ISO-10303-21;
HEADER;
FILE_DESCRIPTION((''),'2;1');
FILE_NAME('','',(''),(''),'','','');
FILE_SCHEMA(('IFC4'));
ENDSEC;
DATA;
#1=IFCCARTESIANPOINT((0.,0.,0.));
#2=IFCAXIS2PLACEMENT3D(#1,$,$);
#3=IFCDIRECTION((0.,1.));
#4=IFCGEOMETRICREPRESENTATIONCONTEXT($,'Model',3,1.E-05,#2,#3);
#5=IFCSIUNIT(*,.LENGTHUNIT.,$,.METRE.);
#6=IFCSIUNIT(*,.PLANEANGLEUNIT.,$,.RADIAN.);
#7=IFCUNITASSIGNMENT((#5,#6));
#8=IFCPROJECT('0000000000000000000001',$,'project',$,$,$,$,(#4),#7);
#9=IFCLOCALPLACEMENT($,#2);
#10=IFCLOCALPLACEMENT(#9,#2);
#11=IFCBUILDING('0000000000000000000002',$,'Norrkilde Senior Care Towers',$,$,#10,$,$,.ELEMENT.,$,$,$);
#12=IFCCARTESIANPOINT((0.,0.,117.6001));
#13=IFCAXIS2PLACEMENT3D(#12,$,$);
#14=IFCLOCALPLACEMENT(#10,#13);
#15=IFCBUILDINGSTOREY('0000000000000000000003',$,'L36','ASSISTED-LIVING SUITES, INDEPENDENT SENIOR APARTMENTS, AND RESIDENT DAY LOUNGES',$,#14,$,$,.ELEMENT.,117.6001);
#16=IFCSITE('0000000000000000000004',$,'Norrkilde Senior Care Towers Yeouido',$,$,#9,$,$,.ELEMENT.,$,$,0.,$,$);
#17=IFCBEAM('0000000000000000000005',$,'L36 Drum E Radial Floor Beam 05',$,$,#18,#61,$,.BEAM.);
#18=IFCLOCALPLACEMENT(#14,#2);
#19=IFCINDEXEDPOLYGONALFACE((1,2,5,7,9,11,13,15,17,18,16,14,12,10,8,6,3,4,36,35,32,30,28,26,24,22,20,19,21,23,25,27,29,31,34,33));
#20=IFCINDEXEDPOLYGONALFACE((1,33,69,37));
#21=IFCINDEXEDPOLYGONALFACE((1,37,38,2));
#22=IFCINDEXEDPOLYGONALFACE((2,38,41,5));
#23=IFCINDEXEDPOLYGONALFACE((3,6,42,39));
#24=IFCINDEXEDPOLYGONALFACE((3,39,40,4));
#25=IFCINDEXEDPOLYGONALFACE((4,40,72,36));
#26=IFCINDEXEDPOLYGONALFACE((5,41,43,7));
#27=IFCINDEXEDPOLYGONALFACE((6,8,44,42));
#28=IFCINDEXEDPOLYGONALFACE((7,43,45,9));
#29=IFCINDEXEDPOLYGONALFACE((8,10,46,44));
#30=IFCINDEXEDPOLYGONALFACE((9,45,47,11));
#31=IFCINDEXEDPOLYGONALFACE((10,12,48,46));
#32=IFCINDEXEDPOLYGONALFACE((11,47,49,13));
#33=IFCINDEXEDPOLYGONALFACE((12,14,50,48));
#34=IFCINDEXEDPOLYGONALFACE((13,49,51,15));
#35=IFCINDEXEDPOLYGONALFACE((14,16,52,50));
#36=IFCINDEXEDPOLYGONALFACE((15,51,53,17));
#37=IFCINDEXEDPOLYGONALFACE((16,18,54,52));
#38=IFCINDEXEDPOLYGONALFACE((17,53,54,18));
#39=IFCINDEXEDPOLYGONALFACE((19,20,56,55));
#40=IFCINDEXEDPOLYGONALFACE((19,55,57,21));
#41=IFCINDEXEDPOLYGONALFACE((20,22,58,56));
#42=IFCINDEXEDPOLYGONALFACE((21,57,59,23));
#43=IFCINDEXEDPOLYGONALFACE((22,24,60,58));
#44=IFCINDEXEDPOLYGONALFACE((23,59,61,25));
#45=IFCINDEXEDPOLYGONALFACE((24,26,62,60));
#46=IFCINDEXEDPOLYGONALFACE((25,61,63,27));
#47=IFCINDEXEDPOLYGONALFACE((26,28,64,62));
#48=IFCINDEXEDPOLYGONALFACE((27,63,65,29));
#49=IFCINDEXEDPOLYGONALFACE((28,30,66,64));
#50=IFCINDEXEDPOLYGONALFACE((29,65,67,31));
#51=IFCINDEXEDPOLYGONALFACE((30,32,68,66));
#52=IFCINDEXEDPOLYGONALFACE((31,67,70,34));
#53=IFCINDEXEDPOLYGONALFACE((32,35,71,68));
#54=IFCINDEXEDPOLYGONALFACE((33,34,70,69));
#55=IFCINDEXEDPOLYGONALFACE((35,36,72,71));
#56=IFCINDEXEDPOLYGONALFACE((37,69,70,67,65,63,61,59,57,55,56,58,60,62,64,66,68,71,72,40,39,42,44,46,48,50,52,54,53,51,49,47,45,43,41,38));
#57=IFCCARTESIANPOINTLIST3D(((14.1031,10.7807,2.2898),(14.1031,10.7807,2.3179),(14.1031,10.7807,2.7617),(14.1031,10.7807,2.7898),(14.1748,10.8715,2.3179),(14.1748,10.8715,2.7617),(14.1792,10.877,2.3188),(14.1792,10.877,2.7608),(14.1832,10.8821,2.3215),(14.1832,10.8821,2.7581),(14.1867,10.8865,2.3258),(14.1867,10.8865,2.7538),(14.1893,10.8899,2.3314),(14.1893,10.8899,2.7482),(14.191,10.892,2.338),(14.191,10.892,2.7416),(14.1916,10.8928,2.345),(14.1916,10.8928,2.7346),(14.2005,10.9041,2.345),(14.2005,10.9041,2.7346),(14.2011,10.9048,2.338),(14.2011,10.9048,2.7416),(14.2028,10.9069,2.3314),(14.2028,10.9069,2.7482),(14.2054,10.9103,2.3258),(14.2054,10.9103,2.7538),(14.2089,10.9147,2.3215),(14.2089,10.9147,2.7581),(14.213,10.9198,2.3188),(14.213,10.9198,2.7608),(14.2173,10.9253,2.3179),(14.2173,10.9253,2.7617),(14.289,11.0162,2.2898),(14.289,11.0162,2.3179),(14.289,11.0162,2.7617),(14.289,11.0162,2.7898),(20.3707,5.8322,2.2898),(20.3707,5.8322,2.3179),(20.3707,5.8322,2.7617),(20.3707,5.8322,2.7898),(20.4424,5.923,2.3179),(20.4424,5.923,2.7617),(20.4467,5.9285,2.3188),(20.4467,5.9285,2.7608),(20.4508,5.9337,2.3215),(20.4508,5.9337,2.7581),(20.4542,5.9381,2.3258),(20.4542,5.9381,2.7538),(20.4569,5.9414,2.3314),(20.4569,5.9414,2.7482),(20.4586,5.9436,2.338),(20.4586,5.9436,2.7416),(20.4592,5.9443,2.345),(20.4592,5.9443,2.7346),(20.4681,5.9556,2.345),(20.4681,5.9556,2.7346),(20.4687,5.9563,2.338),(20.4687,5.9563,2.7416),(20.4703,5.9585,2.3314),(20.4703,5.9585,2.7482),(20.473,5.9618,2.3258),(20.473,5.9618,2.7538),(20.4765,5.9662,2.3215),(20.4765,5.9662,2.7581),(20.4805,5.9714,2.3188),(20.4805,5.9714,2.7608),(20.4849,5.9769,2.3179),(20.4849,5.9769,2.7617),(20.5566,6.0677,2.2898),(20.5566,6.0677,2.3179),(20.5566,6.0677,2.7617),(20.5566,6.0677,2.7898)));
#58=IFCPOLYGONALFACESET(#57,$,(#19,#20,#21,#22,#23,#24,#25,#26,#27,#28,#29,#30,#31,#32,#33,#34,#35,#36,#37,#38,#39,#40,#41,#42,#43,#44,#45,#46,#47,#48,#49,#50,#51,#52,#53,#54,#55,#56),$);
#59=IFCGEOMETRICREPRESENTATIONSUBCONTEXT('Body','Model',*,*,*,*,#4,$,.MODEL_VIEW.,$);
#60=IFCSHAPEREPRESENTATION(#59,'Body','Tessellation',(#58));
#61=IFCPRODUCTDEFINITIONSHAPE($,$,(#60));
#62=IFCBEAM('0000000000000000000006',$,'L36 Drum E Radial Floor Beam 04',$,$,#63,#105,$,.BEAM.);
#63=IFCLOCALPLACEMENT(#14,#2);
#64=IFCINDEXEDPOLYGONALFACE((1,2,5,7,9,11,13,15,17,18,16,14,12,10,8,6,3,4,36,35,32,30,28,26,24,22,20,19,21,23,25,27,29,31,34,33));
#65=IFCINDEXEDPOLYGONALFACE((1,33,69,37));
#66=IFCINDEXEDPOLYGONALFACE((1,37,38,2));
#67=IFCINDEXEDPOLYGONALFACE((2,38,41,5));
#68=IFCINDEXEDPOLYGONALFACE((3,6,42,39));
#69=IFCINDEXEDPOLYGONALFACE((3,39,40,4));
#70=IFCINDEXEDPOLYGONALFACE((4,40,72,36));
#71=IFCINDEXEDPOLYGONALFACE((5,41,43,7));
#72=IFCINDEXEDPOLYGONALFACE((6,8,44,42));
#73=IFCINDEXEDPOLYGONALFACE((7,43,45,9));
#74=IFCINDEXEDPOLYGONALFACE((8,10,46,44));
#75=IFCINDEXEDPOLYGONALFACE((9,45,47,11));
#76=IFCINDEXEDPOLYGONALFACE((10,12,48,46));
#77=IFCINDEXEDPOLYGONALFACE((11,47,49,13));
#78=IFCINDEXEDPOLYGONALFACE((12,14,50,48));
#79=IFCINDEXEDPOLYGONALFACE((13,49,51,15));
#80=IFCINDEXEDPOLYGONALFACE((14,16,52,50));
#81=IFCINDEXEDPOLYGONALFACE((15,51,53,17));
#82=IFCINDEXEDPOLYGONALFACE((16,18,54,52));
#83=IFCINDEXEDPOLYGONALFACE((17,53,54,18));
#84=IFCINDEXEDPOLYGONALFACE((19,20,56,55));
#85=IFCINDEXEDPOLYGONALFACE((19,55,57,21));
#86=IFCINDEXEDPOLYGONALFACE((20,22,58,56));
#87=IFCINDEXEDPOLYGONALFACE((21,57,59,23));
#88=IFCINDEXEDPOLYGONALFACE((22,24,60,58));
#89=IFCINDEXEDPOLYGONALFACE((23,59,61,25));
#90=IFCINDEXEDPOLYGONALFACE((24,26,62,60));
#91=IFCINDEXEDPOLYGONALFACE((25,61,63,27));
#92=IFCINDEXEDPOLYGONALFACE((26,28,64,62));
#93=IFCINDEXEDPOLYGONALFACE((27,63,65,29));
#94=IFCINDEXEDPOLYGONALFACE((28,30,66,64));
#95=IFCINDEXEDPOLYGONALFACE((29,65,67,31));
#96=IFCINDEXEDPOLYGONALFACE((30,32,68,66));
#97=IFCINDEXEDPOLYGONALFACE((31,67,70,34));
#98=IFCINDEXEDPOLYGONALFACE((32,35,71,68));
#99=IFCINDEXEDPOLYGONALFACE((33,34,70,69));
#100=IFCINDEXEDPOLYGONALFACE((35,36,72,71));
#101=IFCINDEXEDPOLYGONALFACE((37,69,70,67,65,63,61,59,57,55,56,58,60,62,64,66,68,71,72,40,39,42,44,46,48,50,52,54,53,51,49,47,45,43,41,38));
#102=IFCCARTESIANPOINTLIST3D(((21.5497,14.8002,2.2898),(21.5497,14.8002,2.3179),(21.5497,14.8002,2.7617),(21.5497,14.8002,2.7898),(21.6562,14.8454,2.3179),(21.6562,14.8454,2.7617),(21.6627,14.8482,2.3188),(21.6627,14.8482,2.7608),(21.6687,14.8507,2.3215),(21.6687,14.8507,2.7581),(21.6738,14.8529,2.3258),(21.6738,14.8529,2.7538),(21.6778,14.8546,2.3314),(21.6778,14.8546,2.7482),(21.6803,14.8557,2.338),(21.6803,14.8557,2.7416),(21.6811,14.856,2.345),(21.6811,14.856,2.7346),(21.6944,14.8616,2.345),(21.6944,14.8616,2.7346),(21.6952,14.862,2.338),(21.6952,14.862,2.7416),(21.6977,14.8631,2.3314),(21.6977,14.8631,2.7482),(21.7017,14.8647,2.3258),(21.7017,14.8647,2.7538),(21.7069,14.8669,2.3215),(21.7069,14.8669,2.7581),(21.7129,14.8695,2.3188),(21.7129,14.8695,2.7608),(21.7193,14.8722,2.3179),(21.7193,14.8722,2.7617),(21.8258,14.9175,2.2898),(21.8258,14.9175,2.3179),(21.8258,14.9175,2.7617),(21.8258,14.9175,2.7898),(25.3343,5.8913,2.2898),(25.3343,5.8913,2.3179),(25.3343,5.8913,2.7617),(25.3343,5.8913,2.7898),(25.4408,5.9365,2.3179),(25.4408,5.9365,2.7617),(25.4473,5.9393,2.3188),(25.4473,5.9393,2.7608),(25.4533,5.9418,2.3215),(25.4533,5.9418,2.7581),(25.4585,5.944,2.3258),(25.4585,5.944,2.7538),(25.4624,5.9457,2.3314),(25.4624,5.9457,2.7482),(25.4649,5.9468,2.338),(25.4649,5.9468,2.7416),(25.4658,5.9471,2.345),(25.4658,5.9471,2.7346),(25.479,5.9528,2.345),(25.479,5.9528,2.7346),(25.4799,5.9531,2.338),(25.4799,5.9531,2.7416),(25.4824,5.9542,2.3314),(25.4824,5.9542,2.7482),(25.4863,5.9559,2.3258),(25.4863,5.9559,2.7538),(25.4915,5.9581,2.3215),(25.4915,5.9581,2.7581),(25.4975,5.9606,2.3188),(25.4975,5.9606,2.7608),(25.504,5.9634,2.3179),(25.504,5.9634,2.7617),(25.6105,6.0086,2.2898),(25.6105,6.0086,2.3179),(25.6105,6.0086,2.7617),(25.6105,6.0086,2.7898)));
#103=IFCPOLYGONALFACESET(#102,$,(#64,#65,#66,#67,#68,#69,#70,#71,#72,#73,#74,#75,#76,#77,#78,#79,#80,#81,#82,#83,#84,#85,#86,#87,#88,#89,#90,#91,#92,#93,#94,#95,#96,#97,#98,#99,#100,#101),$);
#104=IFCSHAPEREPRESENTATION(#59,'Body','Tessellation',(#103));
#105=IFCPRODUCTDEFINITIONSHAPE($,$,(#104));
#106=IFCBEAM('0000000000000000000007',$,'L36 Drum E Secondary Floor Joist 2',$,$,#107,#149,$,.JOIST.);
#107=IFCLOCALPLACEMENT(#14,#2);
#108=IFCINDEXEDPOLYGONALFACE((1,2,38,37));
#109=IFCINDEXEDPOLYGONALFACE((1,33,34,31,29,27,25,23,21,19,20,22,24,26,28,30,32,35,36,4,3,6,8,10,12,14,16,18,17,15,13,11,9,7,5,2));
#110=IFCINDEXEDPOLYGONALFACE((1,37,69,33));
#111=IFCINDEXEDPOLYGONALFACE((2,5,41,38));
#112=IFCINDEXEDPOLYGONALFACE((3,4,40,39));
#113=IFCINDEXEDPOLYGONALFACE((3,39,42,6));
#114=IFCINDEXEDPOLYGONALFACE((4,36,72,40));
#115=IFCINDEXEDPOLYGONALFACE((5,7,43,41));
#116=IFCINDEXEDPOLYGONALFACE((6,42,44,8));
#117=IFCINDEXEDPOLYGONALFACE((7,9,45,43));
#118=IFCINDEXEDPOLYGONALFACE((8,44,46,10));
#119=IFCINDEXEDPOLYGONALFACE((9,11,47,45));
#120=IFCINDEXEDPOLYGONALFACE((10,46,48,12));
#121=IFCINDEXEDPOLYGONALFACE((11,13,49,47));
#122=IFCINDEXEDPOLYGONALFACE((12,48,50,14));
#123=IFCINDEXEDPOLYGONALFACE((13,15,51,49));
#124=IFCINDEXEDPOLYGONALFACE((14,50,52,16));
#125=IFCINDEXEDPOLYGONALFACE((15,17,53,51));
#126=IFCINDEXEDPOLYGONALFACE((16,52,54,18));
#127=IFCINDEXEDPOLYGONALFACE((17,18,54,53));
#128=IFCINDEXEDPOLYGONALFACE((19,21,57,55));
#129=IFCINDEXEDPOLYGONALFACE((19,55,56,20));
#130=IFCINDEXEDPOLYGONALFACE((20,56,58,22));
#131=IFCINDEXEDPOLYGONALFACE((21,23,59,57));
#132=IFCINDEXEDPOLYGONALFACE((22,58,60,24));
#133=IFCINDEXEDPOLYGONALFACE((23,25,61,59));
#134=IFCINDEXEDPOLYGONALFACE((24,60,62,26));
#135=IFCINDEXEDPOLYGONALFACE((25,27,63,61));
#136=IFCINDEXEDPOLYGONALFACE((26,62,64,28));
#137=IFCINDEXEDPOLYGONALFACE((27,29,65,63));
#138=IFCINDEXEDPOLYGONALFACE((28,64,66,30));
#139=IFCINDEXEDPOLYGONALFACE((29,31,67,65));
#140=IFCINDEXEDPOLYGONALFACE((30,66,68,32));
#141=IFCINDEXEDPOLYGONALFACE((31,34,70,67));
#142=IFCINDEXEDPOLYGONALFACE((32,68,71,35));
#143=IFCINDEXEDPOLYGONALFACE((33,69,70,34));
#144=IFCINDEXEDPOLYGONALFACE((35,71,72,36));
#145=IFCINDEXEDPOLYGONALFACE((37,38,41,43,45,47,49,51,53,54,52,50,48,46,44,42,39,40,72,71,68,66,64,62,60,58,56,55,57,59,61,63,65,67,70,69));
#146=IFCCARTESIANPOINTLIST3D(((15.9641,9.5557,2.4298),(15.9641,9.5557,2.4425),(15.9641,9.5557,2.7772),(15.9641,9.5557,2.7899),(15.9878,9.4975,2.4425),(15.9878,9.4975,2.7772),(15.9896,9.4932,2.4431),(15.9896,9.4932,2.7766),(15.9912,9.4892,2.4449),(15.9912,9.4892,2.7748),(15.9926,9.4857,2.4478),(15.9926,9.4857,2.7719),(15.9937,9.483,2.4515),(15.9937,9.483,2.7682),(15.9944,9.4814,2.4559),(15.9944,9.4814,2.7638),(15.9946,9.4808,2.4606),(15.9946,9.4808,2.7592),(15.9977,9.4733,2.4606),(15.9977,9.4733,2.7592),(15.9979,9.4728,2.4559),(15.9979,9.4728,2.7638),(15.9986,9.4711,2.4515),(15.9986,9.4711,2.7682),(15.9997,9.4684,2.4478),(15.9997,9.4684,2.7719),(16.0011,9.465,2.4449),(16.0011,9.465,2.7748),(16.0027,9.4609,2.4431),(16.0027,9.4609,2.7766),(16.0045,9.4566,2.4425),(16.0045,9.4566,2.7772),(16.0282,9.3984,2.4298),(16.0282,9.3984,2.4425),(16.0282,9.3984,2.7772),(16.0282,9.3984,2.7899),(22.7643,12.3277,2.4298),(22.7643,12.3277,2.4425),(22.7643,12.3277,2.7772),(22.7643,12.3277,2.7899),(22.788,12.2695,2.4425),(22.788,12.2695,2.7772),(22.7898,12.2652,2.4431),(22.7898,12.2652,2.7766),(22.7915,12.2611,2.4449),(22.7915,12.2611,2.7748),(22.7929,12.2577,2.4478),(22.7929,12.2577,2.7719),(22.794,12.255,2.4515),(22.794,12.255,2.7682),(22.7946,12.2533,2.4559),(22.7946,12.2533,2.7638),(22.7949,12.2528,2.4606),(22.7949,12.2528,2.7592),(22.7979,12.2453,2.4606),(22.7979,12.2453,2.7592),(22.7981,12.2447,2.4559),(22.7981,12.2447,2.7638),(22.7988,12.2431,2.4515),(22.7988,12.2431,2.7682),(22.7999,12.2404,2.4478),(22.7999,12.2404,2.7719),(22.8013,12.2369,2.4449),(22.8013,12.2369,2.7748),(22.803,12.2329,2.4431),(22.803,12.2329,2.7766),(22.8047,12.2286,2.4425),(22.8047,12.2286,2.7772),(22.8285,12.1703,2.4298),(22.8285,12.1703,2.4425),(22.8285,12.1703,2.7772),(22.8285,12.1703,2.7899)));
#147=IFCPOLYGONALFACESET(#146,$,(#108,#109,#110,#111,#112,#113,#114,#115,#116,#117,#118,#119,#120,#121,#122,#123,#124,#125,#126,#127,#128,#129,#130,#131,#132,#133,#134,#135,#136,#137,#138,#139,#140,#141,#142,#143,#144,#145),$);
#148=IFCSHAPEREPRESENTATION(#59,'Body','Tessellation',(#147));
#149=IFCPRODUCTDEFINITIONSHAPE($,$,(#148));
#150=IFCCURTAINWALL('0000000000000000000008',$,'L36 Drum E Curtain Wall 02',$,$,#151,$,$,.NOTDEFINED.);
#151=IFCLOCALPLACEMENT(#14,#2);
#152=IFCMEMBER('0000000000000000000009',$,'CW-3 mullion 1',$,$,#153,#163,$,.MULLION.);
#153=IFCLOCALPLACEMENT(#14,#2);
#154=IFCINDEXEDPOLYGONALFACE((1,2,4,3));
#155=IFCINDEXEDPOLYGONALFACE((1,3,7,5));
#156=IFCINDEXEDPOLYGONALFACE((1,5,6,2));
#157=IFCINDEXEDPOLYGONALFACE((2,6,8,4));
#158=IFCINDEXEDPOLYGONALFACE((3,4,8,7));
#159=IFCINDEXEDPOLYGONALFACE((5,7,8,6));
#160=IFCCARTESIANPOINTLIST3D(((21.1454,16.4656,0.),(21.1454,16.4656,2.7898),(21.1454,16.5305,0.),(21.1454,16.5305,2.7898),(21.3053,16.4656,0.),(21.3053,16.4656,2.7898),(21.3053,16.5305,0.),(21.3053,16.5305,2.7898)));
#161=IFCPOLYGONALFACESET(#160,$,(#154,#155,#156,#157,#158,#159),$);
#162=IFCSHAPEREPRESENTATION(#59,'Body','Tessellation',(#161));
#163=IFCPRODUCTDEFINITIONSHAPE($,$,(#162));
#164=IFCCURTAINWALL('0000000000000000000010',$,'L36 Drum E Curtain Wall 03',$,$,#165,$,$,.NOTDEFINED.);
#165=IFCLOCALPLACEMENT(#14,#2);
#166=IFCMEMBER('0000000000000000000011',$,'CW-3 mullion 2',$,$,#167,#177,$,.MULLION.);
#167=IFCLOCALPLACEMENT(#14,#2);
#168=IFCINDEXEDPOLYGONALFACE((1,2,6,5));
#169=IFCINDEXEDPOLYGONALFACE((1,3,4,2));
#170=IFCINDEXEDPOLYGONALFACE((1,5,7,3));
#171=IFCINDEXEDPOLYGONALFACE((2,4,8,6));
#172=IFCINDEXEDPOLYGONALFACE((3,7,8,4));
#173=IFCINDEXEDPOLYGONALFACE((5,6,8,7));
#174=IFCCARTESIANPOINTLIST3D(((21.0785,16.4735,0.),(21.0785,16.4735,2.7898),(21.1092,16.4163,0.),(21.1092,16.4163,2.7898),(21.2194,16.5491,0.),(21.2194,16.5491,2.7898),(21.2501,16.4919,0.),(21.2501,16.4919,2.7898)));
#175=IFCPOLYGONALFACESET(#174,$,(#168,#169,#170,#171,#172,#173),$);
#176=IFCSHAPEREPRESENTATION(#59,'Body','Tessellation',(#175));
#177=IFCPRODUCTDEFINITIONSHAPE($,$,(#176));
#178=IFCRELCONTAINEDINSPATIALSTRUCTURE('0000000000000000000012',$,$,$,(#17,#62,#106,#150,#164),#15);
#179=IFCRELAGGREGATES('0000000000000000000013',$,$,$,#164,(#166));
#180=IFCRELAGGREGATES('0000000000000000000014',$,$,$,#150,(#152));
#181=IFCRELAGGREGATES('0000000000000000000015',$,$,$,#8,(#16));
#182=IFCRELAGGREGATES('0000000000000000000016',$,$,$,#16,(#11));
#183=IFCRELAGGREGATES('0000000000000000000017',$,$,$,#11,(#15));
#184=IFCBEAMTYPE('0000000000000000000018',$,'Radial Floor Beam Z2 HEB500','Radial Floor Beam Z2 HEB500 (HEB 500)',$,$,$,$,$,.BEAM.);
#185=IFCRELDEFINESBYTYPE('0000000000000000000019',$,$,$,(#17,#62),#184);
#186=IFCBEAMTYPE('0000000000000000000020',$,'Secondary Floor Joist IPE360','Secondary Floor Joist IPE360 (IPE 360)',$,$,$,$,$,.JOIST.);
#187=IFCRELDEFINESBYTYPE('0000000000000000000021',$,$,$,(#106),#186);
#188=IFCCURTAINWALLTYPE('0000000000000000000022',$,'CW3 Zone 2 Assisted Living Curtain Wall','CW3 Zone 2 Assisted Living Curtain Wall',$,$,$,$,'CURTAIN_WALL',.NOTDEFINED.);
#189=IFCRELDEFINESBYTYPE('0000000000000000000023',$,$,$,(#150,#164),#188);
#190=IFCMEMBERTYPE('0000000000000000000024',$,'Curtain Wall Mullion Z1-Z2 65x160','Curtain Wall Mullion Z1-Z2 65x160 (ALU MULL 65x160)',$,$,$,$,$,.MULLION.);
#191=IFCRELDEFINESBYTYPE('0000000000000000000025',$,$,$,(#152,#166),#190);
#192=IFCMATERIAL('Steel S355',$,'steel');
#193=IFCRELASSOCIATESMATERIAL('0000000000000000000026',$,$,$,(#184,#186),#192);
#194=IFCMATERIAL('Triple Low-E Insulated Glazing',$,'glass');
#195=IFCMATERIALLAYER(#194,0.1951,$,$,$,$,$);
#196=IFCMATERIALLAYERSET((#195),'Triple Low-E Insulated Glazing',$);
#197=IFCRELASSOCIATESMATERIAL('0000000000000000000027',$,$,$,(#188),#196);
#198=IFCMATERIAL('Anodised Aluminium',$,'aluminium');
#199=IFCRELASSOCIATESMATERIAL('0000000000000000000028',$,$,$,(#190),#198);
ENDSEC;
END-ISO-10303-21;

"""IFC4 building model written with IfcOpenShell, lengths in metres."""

from ifc_helpers import new_model, si_unit, direction, frame, origin, origin_2d, place, context, subcontext, project, spatial, rectangle, i_section, extrude, source, transform, mapped, material, layer, layer_set, material_profile, profile_set, type_object, type_shapes, element, aggregate, save


model = new_model("IFC4")

# Units and contexts
model_context = context("Model", 3, precision=1e-05, world=origin(), true_north=direction((0.0, 1.0)))
body_context = subcontext(model_context, "Body", "Model", "MODEL_VIEW")
ifc_project = project(units=[si_unit("LENGTHUNIT", "METRE"), si_unit("PLANEANGLEUNIT", "RADIAN")], contexts=[model_context])

# Site, building, storey
site_placement = place(None, origin())
site = spatial("IfcSite", under=ifc_project, at=site_placement, Name="Norrkilde Senior Care Towers Yeouido", CompositionType="ELEMENT", RefElevation=0.0)
building_placement = place(site_placement, origin())
building = spatial("IfcBuilding", under=site, at=building_placement, Name="Norrkilde Senior Care Towers", CompositionType="ELEMENT")
storey_placement = place(building_placement, frame((0.0, 0.0, 117.6001)))
storey = spatial("IfcBuildingStorey", under=building, at=storey_placement, Name="L36", Description="ASSISTED-LIVING SUITES, INDEPENDENT SENIOR APARTMENTS, AND RESIDENT DAY LOUNGES", CompositionType="ELEMENT", Elevation=117.6001)

# Beams
ifc_material_1 = material(Name="Steel S355", Category="steel")
ifc_material_profile_1 = material_profile(ifc_material_1, i_section(OverallWidth=0.3, OverallDepth=0.5, WebThickness=0.0144, FlangeThickness=0.0281, FilletRadius=0.0271, at=origin_2d()), Name="HEB 500")
ifc_profile_set_1 = profile_set([ifc_material_profile_1], Name="Steel S355")
beam_type_1 = type_object("IfcBeamType", Name="Radial Floor Beam Z2 HEB500", Description="Radial Floor Beam Z2 HEB500 (HEB 500)", PredefinedType="BEAM", material=ifc_profile_set_1)
shared_shape_1 = source(origin(), body_context, "Body", "SweptSolid", [
    extrude(i_section(OverallWidth=0.3, OverallDepth=0.5, WebThickness=0.0144, FlangeThickness=0.0281, FilletRadius=0.0271, at=origin_2d()), origin(), (0.0, 0.0, 1.0), 7.9856),
])
beam_1_placement = place(storey_placement, frame((20.4636, 5.95, 2.5398), z_axis=(-0.784859, 0.619675, 0.0), x_axis=(-0.619675, -0.784859, 0.0)))
element("IfcBeam", 1, at=beam_1_placement, inside=storey, type_object=beam_type_1, Name="L36 Drum E Radial Floor Beam 05", PredefinedType="BEAM", context=body_context, shape_type="MappedRepresentation", body=[
    mapped(shared_shape_1, transform((0.0, 0.0, 0.0), x_axis=(1.0, 0.0, 0.0), y_axis=(0.0, 1.0, 0.0), z_axis=(0.0, 0.0, 1.0), scale=1.0)),
])
shared_shape_2 = source(origin(), body_context, "Body", "SweptSolid", [
    extrude(i_section(OverallWidth=0.3, OverallDepth=0.5, WebThickness=0.0144, FlangeThickness=0.0281, FilletRadius=0.0271, at=origin_2d()), origin(), (0.0, 0.0, 1.0), 9.6794),
])
beam_2_placement = place(storey_placement, frame((25.4724, 5.95, 2.5398), z_axis=(-0.390998, 0.920392, 0.0), x_axis=(-0.920392, -0.390998, 0.0)))
element("IfcBeam", 2, at=beam_2_placement, inside=storey, type_object=beam_type_1, Name="L36 Drum E Radial Floor Beam 04", PredefinedType="BEAM", context=body_context, shape_type="MappedRepresentation", body=[
    mapped(shared_shape_2, transform((0.0, 0.0, 0.0), x_axis=(1.0, 0.0, 0.0), y_axis=(0.0, 1.0, 0.0), z_axis=(0.0, 0.0, 1.0), scale=1.0)),
])
ifc_material_profile_2 = material_profile(ifc_material_1, i_section(OverallWidth=0.1699, OverallDepth=0.3601, WebThickness=0.0081, FlangeThickness=0.0127, FilletRadius=0.0181, at=origin_2d()), Name="IPE 360")
ifc_profile_set_2 = profile_set([ifc_material_profile_2], Name="Steel S355")
beam_type_2 = type_object("IfcBeamType", Name="Secondary Floor Joist IPE360", Description="Secondary Floor Joist IPE360 (IPE 360)", PredefinedType="JOIST", material=ifc_profile_set_2)
shared_shape_3 = source(origin(), body_context, "Body", "SweptSolid", [
    extrude(i_section(OverallWidth=0.1699, OverallDepth=0.3601, WebThickness=0.0081, FlangeThickness=0.0127, FilletRadius=0.0181, at=origin_2d()), origin(), (0.0, 0.0, 1.0), 7.3435),
])
type_shapes(beam_type_2, [shared_shape_3])
beam_3_placement = place(storey_placement, frame((22.7964, 12.249, 2.6099), z_axis=(-0.926022, -0.37747, 0.0), x_axis=(0.37747, -0.926022, 0.0)))
element("IfcBeam", 3, at=beam_3_placement, inside=storey, type_object=beam_type_2, Name="L36 Drum E Secondary Floor Joist 2", PredefinedType="JOIST", context=body_context, shape_type="MappedRepresentation", body=[
    mapped(shared_shape_3, transform((0.0, 0.0, 0.0), x_axis=(1.0, 0.0, 0.0), y_axis=(0.0, 1.0, 0.0), z_axis=(0.0, 0.0, 1.0), scale=1.0)),
])

# Curtain walls, members
ifc_material_2 = material(Name="Triple Low-E Insulated Glazing", Category="glass")
ifc_layer_1 = layer(ifc_material_2, 0.1951)
ifc_layer_set_1 = layer_set([ifc_layer_1], Name="Triple Low-E Insulated Glazing")
curtain_wall_type = type_object("IfcCurtainWallType", Name="CW3 Zone 2 Assisted Living Curtain Wall", Description="CW3 Zone 2 Assisted Living Curtain Wall", ElementType="CURTAIN_WALL", PredefinedType="NOTDEFINED", material=ifc_layer_set_1)
curtain_wall_1_placement = place(storey_placement, origin())
curtain_wall_1 = element("IfcCurtainWall", 4, at=curtain_wall_1_placement, inside=storey, type_object=curtain_wall_type, Name="L36 Drum E Curtain Wall 02", PredefinedType="NOTDEFINED")
ifc_material_3 = material(Name="Anodised Aluminium", Category="aluminium")
ifc_material_profile_3 = material_profile(ifc_material_3, rectangle(XDim=0.0649, YDim=0.1599, at=origin_2d()), Name="ALU MULL 65x160")
ifc_profile_set_3 = profile_set([ifc_material_profile_3], Name="Anodised Aluminium")
member_type_1 = type_object("IfcMemberType", Name="Curtain Wall Mullion Z1-Z2 65x160", Description="Curtain Wall Mullion Z1-Z2 65x160 (ALU MULL 65x160)", PredefinedType="MULLION", material=ifc_profile_set_3)
shared_shape_4 = source(origin(), body_context, "Body", "SweptSolid", [
    extrude(rectangle(XDim=0.0649, YDim=0.1599, at=origin_2d()), origin(), (0.0, 0.0, 1.0), 2.7898),
])
type_shapes(member_type_1, [shared_shape_4])
member_1_placement = place(storey_placement, frame((21.2253, 16.498, 0.0), z_axis=(0.0, 0.0, 1.0), x_axis=(0.0, 1.0, 0.0)))
member_1 = element("IfcMember", 5, at=member_1_placement, type_object=member_type_1, Name="CW-3 mullion 1", PredefinedType="MULLION", context=body_context, shape_type="MappedRepresentation", body=[
    mapped(shared_shape_4, transform((0.0, 0.0, 0.0), x_axis=(1.0, 0.0, 0.0), y_axis=(0.0, 1.0, 0.0), z_axis=(0.0, 0.0, 1.0), scale=1.0)),
])
curtain_wall_2_placement = place(storey_placement, origin())
curtain_wall_2 = element("IfcCurtainWall", 6, at=curtain_wall_2_placement, inside=storey, type_object=curtain_wall_type, Name="L36 Drum E Curtain Wall 03", PredefinedType="NOTDEFINED")
member_2_placement = place(storey_placement, frame((21.1643, 16.4827, 0.0), z_axis=(0.0, 0.0, 1.0), x_axis=(-0.472769, 0.881186, 0.0)))
member_2 = element("IfcMember", 7, at=member_2_placement, type_object=member_type_1, Name="CW-3 mullion 2", PredefinedType="MULLION", context=body_context, shape_type="MappedRepresentation", body=[
    mapped(shared_shape_4, transform((0.0, 0.0, 0.0), x_axis=(1.0, 0.0, 0.0), y_axis=(0.0, 1.0, 0.0), z_axis=(0.0, 0.0, 1.0), scale=1.0)),
])
aggregate(curtain_wall_2, [member_2])

aggregate(curtain_wall_1, [member_1])

save(model, "model.ifc")
